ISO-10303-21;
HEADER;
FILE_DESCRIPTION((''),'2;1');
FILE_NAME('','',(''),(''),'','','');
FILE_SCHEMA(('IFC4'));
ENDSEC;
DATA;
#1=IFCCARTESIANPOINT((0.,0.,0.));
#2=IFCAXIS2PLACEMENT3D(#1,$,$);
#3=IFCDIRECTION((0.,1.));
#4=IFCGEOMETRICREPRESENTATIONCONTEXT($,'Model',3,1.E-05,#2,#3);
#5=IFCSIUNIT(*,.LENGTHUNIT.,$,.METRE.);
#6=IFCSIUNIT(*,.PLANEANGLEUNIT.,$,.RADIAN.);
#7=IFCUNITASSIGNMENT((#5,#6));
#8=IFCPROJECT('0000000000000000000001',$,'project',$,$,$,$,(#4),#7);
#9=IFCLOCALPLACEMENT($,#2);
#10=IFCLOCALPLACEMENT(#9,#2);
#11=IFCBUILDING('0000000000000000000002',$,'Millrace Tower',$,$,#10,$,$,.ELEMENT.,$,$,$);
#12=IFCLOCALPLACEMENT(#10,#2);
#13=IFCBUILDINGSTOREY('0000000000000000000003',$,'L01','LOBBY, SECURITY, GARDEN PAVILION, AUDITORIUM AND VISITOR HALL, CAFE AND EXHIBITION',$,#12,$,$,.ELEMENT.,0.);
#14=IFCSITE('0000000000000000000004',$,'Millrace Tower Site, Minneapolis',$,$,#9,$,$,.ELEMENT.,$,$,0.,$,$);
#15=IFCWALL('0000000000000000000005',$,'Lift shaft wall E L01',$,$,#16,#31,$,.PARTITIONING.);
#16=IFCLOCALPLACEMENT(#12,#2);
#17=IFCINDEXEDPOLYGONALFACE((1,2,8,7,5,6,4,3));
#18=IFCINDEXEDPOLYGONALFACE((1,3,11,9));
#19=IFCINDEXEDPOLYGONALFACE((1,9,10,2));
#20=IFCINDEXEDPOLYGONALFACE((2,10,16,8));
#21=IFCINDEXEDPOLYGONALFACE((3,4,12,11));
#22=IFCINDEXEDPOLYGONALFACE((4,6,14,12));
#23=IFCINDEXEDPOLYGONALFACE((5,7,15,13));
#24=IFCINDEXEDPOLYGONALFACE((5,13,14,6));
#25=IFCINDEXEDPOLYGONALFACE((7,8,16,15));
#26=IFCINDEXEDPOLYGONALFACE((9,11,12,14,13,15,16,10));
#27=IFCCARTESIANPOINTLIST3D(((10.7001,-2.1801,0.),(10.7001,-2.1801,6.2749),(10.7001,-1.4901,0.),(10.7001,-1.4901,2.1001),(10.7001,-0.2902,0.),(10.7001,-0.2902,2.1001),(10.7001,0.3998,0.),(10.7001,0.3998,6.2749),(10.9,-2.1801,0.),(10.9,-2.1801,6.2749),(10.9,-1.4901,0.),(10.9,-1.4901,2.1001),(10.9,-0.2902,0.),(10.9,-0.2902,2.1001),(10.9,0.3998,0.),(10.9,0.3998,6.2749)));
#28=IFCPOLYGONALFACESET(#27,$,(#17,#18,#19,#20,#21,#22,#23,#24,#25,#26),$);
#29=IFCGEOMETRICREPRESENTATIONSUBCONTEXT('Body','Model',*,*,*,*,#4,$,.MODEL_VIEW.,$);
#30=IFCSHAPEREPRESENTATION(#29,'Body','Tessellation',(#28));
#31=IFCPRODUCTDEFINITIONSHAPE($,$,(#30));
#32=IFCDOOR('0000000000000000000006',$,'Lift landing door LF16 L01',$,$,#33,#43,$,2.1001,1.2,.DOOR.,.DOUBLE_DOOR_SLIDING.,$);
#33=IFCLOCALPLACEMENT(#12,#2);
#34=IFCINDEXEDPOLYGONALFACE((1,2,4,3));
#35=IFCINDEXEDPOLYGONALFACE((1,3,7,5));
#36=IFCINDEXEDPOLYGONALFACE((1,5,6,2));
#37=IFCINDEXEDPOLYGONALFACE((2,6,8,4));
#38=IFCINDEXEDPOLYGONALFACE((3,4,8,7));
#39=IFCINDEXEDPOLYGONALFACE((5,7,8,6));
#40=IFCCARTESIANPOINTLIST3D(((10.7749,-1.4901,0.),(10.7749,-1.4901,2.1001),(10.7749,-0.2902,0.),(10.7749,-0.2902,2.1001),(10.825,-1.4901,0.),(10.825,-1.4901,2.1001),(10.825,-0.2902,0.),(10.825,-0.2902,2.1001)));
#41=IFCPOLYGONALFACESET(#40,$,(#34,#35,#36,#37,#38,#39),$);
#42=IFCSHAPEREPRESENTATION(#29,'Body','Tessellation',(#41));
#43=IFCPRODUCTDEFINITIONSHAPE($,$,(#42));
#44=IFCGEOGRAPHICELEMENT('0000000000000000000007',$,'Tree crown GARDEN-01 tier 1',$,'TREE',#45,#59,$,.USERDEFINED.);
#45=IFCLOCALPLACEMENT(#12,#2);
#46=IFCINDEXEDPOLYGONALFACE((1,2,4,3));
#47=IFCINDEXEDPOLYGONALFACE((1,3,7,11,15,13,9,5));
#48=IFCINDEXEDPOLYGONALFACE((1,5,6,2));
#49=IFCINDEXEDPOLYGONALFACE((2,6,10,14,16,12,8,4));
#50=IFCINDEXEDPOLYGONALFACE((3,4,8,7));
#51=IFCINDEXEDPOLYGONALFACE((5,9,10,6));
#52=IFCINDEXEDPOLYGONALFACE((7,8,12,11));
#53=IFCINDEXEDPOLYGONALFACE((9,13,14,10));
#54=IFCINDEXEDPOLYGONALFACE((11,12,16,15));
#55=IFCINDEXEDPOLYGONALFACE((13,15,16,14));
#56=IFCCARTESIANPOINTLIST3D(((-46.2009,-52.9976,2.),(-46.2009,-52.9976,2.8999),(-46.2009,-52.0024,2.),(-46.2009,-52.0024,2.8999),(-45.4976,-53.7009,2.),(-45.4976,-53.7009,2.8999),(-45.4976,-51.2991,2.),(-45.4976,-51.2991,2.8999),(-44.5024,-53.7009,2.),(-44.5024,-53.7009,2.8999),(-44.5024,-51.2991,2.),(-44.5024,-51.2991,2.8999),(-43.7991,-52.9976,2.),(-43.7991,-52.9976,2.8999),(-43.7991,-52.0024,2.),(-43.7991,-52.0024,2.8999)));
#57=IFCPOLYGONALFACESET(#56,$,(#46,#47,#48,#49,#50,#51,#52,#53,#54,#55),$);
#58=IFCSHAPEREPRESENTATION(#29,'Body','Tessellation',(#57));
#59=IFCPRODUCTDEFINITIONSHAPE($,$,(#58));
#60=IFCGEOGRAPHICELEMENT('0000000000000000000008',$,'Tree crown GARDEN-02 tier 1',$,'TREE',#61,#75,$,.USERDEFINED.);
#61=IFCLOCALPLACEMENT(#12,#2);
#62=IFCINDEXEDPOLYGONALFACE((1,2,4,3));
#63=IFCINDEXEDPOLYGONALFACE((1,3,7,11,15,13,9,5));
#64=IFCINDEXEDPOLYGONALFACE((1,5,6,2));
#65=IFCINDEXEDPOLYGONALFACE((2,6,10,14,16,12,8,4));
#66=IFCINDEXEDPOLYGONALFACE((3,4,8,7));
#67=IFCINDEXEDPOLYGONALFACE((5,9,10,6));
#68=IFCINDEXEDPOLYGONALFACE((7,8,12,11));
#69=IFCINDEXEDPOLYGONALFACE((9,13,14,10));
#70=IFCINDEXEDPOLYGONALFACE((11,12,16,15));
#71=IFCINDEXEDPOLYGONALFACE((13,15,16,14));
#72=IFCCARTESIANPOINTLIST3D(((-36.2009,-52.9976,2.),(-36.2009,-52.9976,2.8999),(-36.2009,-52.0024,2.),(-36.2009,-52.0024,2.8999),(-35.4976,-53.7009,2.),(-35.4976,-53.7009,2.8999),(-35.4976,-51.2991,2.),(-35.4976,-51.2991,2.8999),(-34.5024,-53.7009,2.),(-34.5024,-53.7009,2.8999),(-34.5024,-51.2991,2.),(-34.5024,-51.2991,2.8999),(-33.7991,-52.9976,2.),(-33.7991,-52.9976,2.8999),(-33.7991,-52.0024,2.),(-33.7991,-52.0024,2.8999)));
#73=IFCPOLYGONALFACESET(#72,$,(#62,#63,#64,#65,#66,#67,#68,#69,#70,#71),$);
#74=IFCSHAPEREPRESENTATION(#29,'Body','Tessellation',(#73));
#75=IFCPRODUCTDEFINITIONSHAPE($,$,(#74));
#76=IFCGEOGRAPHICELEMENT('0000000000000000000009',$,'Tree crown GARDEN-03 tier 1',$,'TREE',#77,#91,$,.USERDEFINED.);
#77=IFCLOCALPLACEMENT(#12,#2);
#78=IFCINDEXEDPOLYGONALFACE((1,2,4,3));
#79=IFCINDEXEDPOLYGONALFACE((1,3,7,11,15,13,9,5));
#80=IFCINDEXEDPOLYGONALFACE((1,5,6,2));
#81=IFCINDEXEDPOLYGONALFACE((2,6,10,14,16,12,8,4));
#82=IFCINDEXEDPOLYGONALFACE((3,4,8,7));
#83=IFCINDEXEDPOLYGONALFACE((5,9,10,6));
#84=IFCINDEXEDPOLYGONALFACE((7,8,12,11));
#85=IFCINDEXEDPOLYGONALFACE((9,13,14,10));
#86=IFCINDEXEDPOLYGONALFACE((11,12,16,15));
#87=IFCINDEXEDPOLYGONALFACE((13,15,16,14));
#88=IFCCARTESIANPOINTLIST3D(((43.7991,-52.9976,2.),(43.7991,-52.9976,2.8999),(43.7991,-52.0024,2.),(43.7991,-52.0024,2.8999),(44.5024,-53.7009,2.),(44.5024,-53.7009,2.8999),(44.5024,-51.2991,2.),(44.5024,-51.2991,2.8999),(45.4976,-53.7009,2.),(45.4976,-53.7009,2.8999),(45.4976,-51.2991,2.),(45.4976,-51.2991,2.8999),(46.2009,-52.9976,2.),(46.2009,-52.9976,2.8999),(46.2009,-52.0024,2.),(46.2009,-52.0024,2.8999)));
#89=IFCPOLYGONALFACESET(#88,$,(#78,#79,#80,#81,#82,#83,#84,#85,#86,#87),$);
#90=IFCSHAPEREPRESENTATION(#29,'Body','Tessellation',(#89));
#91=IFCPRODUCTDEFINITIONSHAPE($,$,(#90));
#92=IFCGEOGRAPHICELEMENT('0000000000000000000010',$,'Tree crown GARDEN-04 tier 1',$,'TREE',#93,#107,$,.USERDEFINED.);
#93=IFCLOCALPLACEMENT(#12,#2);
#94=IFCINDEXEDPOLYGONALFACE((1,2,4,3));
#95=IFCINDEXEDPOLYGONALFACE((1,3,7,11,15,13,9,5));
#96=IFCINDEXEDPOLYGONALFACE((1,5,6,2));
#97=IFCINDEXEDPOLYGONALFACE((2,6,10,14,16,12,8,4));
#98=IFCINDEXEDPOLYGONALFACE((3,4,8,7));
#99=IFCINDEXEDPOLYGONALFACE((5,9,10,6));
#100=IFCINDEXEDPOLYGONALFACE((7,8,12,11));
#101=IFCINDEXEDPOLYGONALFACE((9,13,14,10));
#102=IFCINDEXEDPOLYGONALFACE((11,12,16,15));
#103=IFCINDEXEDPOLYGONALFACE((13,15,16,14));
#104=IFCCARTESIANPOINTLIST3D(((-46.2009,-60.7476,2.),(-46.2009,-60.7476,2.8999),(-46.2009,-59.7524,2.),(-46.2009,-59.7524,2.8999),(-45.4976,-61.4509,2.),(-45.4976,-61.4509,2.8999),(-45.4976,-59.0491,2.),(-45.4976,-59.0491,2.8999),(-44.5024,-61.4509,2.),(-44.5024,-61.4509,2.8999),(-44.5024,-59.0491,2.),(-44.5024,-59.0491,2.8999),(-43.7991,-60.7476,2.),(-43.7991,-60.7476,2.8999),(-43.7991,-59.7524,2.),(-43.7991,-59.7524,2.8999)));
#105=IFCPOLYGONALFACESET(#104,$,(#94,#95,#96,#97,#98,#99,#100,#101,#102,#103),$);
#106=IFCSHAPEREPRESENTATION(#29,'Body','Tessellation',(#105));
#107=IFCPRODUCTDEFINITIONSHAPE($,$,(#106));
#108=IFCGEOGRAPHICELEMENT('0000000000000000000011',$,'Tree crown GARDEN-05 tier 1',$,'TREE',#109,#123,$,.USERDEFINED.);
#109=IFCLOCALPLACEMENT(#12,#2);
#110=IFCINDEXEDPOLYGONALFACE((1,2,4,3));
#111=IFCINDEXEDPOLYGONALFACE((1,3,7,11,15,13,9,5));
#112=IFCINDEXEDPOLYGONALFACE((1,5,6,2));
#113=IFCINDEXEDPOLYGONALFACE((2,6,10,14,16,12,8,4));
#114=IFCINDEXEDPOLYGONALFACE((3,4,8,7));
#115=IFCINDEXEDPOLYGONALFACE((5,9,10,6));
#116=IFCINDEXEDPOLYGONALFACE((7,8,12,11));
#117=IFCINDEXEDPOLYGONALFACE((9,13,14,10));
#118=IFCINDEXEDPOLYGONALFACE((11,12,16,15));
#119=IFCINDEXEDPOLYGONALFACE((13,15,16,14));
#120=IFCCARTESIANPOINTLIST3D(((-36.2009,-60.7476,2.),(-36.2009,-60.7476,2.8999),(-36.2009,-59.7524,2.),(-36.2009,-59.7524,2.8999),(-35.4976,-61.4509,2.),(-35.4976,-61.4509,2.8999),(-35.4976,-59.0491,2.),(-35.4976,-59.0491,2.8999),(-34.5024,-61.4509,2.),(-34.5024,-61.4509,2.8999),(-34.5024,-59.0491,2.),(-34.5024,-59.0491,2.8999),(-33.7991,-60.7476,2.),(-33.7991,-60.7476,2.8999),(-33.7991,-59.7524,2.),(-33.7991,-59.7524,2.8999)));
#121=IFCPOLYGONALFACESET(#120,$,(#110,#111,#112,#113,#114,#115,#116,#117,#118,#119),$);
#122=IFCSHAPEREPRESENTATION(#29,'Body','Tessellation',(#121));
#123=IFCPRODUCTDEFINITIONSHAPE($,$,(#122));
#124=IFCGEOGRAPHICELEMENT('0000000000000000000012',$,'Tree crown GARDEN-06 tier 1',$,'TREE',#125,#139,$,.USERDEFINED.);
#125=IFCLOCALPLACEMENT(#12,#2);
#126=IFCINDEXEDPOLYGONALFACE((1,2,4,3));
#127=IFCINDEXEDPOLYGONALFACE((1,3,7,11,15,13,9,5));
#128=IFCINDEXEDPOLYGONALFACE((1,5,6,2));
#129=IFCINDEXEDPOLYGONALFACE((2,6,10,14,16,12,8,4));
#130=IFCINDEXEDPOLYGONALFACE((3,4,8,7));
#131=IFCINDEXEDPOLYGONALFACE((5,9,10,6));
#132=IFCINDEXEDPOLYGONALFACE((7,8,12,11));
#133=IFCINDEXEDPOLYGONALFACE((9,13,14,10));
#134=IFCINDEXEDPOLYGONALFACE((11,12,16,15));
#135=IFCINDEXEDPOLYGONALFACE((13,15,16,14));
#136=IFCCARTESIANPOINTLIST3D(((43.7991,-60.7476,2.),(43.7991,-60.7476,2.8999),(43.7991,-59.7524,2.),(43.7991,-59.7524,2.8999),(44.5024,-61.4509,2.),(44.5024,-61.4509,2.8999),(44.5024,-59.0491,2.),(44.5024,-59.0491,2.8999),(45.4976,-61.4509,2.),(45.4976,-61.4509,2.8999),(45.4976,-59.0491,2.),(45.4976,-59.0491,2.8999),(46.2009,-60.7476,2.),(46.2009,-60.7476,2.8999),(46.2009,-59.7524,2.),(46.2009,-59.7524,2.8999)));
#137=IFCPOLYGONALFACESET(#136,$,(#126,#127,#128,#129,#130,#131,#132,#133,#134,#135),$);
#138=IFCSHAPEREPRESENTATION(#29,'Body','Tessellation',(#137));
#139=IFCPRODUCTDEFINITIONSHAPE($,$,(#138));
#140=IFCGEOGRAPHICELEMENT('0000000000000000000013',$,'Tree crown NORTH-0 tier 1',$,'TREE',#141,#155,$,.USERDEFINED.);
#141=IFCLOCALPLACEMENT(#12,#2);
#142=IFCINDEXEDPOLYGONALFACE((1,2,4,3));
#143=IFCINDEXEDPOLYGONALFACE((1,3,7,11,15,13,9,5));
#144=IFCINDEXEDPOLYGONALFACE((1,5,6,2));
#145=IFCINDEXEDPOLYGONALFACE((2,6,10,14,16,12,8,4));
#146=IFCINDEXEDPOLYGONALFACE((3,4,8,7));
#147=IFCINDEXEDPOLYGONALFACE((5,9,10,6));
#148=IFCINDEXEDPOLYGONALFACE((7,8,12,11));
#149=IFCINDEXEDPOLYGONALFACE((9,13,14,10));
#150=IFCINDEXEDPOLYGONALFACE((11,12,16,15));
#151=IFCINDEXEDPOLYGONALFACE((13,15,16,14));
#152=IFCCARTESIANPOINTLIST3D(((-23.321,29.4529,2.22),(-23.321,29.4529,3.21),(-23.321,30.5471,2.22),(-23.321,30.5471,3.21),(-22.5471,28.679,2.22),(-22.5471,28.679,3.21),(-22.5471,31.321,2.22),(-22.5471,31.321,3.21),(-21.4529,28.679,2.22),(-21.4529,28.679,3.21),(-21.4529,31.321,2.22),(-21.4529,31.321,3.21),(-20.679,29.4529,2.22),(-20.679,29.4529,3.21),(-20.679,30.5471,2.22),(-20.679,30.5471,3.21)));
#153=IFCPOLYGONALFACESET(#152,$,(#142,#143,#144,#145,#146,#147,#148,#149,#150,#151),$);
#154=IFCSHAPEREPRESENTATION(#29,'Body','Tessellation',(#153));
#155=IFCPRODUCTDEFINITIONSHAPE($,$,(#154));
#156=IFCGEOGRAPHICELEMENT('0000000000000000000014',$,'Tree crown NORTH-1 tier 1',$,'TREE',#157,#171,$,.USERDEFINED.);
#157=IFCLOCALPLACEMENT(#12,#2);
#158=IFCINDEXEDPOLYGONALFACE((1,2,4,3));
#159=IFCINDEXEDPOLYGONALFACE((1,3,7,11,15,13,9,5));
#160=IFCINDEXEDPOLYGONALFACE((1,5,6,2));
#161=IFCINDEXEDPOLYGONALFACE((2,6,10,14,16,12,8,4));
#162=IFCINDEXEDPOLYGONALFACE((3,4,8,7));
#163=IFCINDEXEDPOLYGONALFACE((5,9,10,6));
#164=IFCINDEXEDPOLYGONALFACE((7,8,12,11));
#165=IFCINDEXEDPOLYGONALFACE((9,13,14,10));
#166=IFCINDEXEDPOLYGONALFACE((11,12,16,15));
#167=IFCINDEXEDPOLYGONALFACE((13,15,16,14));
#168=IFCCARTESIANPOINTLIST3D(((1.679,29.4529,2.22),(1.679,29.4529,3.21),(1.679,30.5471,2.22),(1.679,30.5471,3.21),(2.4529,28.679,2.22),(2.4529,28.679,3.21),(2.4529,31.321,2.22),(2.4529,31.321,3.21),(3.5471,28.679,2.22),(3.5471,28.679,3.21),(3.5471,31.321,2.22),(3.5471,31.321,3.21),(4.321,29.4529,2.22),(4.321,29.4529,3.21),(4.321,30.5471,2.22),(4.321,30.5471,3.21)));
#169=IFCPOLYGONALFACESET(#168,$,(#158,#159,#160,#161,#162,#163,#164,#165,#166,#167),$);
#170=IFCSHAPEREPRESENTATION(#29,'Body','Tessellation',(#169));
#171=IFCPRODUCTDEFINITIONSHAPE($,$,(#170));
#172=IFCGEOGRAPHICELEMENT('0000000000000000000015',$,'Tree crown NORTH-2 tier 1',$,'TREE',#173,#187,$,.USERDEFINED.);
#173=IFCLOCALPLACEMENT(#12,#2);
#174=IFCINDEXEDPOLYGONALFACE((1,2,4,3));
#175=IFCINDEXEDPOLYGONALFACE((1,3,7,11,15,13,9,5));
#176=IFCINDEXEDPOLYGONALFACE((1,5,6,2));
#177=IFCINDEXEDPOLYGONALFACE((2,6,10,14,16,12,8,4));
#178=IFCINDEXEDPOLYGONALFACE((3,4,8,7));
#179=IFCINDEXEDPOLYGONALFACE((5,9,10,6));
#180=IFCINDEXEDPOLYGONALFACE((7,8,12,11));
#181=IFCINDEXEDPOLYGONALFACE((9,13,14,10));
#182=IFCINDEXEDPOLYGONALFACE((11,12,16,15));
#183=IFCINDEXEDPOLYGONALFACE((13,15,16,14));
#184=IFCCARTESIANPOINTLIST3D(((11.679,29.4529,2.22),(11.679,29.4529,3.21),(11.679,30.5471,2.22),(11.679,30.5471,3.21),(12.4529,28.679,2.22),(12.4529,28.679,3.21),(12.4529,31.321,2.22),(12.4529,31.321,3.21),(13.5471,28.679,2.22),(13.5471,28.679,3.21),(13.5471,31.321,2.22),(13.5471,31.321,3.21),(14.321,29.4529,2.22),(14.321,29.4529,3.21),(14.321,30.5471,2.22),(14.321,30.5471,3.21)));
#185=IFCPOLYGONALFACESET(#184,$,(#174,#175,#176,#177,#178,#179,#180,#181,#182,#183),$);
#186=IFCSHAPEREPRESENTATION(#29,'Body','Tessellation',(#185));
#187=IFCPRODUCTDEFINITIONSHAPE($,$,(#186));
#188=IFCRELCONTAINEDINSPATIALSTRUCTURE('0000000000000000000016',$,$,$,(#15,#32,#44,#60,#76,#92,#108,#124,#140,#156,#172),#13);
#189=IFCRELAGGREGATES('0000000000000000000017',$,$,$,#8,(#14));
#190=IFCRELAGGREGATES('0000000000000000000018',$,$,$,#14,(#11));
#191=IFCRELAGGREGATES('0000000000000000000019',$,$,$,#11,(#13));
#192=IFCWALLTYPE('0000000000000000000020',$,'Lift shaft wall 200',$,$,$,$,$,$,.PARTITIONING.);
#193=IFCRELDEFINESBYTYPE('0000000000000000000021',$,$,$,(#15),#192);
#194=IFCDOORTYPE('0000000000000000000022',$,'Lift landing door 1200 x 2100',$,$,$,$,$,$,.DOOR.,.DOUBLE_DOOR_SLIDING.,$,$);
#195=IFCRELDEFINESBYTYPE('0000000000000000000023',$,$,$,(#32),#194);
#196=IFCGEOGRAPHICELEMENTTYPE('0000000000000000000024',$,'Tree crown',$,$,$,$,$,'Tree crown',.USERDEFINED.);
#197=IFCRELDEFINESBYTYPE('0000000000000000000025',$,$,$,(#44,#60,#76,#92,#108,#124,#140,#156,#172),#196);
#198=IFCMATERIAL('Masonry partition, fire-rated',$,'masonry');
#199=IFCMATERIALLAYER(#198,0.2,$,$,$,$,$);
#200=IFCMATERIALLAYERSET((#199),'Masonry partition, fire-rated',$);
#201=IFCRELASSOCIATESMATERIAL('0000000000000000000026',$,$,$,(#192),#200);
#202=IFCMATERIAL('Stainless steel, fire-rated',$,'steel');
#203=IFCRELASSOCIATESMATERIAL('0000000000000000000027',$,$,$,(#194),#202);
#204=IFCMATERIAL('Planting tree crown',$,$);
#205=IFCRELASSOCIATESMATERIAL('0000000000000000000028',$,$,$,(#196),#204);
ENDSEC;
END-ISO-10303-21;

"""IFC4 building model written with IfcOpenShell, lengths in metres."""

from ifc_helpers import new_model, si_unit, direction, frame, frame_2d, origin, place, context, subcontext, project, spatial, polyline, rectangle, outline, extrude, material, layer, layer_set, type_object, element, fill, save


model = new_model("IFC4")

# Units and contexts
model_context = context("Model", 3, precision=1e-05, world=origin(), true_north=direction((0.0, 1.0)))
body_context = subcontext(model_context, "Body", "Model", "MODEL_VIEW")
ifc_project = project(units=[si_unit("LENGTHUNIT", "METRE"), si_unit("PLANEANGLEUNIT", "RADIAN")], contexts=[model_context])

# Site, building, storey
site_placement = place(None, origin())
site = spatial("IfcSite", under=ifc_project, at=site_placement, Name="Millrace Tower Site, Minneapolis", CompositionType="ELEMENT", RefElevation=0.0)
building_placement = place(site_placement, origin())
building = spatial("IfcBuilding", under=site, at=building_placement, Name="Millrace Tower", CompositionType="ELEMENT")
storey_placement = place(building_placement, origin())
storey = spatial("IfcBuildingStorey", under=building, at=storey_placement, Name="L01", Description="LOBBY, SECURITY, GARDEN PAVILION, AUDITORIUM AND VISITOR HALL, CAFE AND EXHIBITION", CompositionType="ELEMENT", Elevation=0.0)

# Wall, opening, door
ifc_material_1 = material(Name="Masonry partition, fire-rated", Category="masonry")
ifc_layer_1 = layer(ifc_material_1, 0.2)
ifc_layer_set_1 = layer_set([ifc_layer_1], Name="Masonry partition, fire-rated")
wall_type = type_object("IfcWallType", Name="Lift shaft wall 200", PredefinedType="PARTITIONING", material=ifc_layer_set_1)
wall_placement = place(storey_placement, frame((10.8, 0.3999, 0.0), z_axis=(0.0, 0.0, 1.0), x_axis=(0.0, -1.0, 0.0)))
wall = element("IfcWall", 1, at=wall_placement, inside=storey, type_object=wall_type, Name="Lift shaft wall E L01", PredefinedType="PARTITIONING", context=body_context, shape_type="SweptSolid", body=[
    extrude(rectangle(XDim=2.5798, YDim=0.2, at=frame_2d((1.29, 0.0))), origin(), (0.0, 0.0, 1.0), 6.2749),
])
opening_placement = place(wall_placement, frame((0.6899, 0.0, 0.0)))
opening = element("IfcOpeningElement", 2, at=opening_placement, cuts=wall, PredefinedType="OPENING", context=body_context, shape_type="SweptSolid", body=[
    extrude(rectangle(XDim=1.2, YDim=2.1001, at=frame_2d((0.6001, 1.05))), frame((0.0, 0.1099, 0.0), z_axis=(0.0, -1.0, 0.0), x_axis=(1.0, 0.0, 0.0)), (0.0, 0.0, 1.0), 0.22),
])
ifc_material_2 = material(Name="Stainless steel, fire-rated", Category="steel")
door_type = type_object("IfcDoorType", Name="Lift landing door 1200 x 2100", OperationType="DOUBLE_DOOR_SLIDING", PredefinedType="DOOR", material=ifc_material_2)
door_placement = place(opening_placement, origin())
door = element("IfcDoor", 3, at=door_placement, inside=storey, type_object=door_type, Name="Lift landing door LF16 L01", OperationType="DOUBLE_DOOR_SLIDING", OverallHeight=2.1001, OverallWidth=1.2, PredefinedType="DOOR", context=body_context, shape_type="SweptSolid", body=[
    extrude(rectangle(XDim=1.2, YDim=2.1001, at=frame_2d((0.6001, 1.05))), frame((0.0, 0.0249, 0.0), z_axis=(0.0, -1.0, 0.0), x_axis=(1.0, 0.0, 0.0)), (0.0, 0.0, 1.0), 0.05),
])
fill(opening, door)

# Geographic elements
ifc_material_3 = material(Name="Planting tree crown")
geographic_element_type = type_object("IfcGeographicElementType", Name="Tree crown", ElementType="Tree crown", PredefinedType="USERDEFINED", material=ifc_material_3)
placement_1 = place(storey_placement, frame((0.0, 0.0, 2.0)))
element("IfcGeographicElement", 4, at=placement_1, inside=storey, type_object=geographic_element_type, Name="Tree crown GARDEN-01 tier 1", ObjectType="TREE", PredefinedType="USERDEFINED", context=body_context, shape_type="SweptSolid", body=[
    extrude(outline(polyline([(-43.7991, -52.0024), (-44.5024, -51.2991), (-45.4976, -51.2991), (-46.2009, -52.0024), (-46.2009, -52.9976), (-45.4976, -53.7009), (-44.5024, -53.7009), (-43.7991, -52.9976), (-43.7991, -52.0024)])), origin(), (0.0, 0.0, 1.0), 0.8999),
])
element("IfcGeographicElement", 5, at=placement_1, inside=storey, type_object=geographic_element_type, Name="Tree crown GARDEN-02 tier 1", ObjectType="TREE", PredefinedType="USERDEFINED", context=body_context, shape_type="SweptSolid", body=[
    extrude(outline(polyline([(-33.7991, -52.0024), (-34.5024, -51.2991), (-35.4976, -51.2991), (-36.2009, -52.0024), (-36.2009, -52.9976), (-35.4976, -53.7009), (-34.5024, -53.7009), (-33.7991, -52.9976), (-33.7991, -52.0024)])), origin(), (0.0, 0.0, 1.0), 0.8999),
])
element("IfcGeographicElement", 6, at=placement_1, inside=storey, type_object=geographic_element_type, Name="Tree crown GARDEN-03 tier 1", ObjectType="TREE", PredefinedType="USERDEFINED", context=body_context, shape_type="SweptSolid", body=[
    extrude(outline(polyline([(46.2009, -52.0024), (45.4976, -51.2991), (44.5024, -51.2991), (43.7991, -52.0024), (43.7991, -52.9976), (44.5024, -53.7009), (45.4976, -53.7009), (46.2009, -52.9976), (46.2009, -52.0024)])), origin(), (0.0, 0.0, 1.0), 0.8999),
])
element("IfcGeographicElement", 7, at=placement_1, inside=storey, type_object=geographic_element_type, Name="Tree crown GARDEN-04 tier 1", ObjectType="TREE", PredefinedType="USERDEFINED", context=body_context, shape_type="SweptSolid", body=[
    extrude(outline(polyline([(-43.7991, -59.7524), (-44.5024, -59.0491), (-45.4976, -59.0491), (-46.2009, -59.7524), (-46.2009, -60.7476), (-45.4976, -61.4509), (-44.5024, -61.4509), (-43.7991, -60.7476), (-43.7991, -59.7524)])), origin(), (0.0, 0.0, 1.0), 0.8999),
])
element("IfcGeographicElement", 8, at=placement_1, inside=storey, type_object=geographic_element_type, Name="Tree crown GARDEN-05 tier 1", ObjectType="TREE", PredefinedType="USERDEFINED", context=body_context, shape_type="SweptSolid", body=[
    extrude(outline(polyline([(-33.7991, -59.7524), (-34.5024, -59.0491), (-35.4976, -59.0491), (-36.2009, -59.7524), (-36.2009, -60.7476), (-35.4976, -61.4509), (-34.5024, -61.4509), (-33.7991, -60.7476), (-33.7991, -59.7524)])), origin(), (0.0, 0.0, 1.0), 0.8999),
])
element("IfcGeographicElement", 9, at=placement_1, inside=storey, type_object=geographic_element_type, Name="Tree crown GARDEN-06 tier 1", ObjectType="TREE", PredefinedType="USERDEFINED", context=body_context, shape_type="SweptSolid", body=[
    extrude(outline(polyline([(46.2009, -59.7524), (45.4976, -59.0491), (44.5024, -59.0491), (43.7991, -59.7524), (43.7991, -60.7476), (44.5024, -61.4509), (45.4976, -61.4509), (46.2009, -60.7476), (46.2009, -59.7524)])), origin(), (0.0, 0.0, 1.0), 0.8999),
])
placement_2 = place(storey_placement, frame((0.0, 0.0, 2.22)))
element("IfcGeographicElement", 10, at=placement_2, inside=storey, type_object=geographic_element_type, Name="Tree crown NORTH-0 tier 1", ObjectType="TREE", PredefinedType="USERDEFINED", context=body_context, shape_type="SweptSolid", body=[
    extrude(outline(polyline([(-20.679, 30.5471), (-21.4529, 31.321), (-22.5471, 31.321), (-23.321, 30.5471), (-23.321, 29.4529), (-22.5471, 28.679), (-21.4529, 28.679), (-20.679, 29.4529), (-20.679, 30.5471)])), origin(), (0.0, 0.0, 1.0), 0.99),
])
element("IfcGeographicElement", 11, at=placement_2, inside=storey, type_object=geographic_element_type, Name="Tree crown NORTH-1 tier 1", ObjectType="TREE", PredefinedType="USERDEFINED", context=body_context, shape_type="SweptSolid", body=[
    extrude(outline(polyline([(4.321, 30.5471), (3.5471, 31.321), (2.4529, 31.321), (1.679, 30.5471), (1.679, 29.4529), (2.4529, 28.679), (3.5471, 28.679), (4.321, 29.4529), (4.321, 30.5471)])), origin(), (0.0, 0.0, 1.0), 0.99),
])
element("IfcGeographicElement", 12, at=placement_2, inside=storey, type_object=geographic_element_type, Name="Tree crown NORTH-2 tier 1", ObjectType="TREE", PredefinedType="USERDEFINED", context=body_context, shape_type="SweptSolid", body=[
    extrude(outline(polyline([(14.321, 30.5471), (13.5471, 31.321), (12.4529, 31.321), (11.679, 30.5471), (11.679, 29.4529), (12.4529, 28.679), (13.5471, 28.679), (14.321, 29.4529), (14.321, 30.5471)])), origin(), (0.0, 0.0, 1.0), 0.99),
])

save(model, "model.ifc")
